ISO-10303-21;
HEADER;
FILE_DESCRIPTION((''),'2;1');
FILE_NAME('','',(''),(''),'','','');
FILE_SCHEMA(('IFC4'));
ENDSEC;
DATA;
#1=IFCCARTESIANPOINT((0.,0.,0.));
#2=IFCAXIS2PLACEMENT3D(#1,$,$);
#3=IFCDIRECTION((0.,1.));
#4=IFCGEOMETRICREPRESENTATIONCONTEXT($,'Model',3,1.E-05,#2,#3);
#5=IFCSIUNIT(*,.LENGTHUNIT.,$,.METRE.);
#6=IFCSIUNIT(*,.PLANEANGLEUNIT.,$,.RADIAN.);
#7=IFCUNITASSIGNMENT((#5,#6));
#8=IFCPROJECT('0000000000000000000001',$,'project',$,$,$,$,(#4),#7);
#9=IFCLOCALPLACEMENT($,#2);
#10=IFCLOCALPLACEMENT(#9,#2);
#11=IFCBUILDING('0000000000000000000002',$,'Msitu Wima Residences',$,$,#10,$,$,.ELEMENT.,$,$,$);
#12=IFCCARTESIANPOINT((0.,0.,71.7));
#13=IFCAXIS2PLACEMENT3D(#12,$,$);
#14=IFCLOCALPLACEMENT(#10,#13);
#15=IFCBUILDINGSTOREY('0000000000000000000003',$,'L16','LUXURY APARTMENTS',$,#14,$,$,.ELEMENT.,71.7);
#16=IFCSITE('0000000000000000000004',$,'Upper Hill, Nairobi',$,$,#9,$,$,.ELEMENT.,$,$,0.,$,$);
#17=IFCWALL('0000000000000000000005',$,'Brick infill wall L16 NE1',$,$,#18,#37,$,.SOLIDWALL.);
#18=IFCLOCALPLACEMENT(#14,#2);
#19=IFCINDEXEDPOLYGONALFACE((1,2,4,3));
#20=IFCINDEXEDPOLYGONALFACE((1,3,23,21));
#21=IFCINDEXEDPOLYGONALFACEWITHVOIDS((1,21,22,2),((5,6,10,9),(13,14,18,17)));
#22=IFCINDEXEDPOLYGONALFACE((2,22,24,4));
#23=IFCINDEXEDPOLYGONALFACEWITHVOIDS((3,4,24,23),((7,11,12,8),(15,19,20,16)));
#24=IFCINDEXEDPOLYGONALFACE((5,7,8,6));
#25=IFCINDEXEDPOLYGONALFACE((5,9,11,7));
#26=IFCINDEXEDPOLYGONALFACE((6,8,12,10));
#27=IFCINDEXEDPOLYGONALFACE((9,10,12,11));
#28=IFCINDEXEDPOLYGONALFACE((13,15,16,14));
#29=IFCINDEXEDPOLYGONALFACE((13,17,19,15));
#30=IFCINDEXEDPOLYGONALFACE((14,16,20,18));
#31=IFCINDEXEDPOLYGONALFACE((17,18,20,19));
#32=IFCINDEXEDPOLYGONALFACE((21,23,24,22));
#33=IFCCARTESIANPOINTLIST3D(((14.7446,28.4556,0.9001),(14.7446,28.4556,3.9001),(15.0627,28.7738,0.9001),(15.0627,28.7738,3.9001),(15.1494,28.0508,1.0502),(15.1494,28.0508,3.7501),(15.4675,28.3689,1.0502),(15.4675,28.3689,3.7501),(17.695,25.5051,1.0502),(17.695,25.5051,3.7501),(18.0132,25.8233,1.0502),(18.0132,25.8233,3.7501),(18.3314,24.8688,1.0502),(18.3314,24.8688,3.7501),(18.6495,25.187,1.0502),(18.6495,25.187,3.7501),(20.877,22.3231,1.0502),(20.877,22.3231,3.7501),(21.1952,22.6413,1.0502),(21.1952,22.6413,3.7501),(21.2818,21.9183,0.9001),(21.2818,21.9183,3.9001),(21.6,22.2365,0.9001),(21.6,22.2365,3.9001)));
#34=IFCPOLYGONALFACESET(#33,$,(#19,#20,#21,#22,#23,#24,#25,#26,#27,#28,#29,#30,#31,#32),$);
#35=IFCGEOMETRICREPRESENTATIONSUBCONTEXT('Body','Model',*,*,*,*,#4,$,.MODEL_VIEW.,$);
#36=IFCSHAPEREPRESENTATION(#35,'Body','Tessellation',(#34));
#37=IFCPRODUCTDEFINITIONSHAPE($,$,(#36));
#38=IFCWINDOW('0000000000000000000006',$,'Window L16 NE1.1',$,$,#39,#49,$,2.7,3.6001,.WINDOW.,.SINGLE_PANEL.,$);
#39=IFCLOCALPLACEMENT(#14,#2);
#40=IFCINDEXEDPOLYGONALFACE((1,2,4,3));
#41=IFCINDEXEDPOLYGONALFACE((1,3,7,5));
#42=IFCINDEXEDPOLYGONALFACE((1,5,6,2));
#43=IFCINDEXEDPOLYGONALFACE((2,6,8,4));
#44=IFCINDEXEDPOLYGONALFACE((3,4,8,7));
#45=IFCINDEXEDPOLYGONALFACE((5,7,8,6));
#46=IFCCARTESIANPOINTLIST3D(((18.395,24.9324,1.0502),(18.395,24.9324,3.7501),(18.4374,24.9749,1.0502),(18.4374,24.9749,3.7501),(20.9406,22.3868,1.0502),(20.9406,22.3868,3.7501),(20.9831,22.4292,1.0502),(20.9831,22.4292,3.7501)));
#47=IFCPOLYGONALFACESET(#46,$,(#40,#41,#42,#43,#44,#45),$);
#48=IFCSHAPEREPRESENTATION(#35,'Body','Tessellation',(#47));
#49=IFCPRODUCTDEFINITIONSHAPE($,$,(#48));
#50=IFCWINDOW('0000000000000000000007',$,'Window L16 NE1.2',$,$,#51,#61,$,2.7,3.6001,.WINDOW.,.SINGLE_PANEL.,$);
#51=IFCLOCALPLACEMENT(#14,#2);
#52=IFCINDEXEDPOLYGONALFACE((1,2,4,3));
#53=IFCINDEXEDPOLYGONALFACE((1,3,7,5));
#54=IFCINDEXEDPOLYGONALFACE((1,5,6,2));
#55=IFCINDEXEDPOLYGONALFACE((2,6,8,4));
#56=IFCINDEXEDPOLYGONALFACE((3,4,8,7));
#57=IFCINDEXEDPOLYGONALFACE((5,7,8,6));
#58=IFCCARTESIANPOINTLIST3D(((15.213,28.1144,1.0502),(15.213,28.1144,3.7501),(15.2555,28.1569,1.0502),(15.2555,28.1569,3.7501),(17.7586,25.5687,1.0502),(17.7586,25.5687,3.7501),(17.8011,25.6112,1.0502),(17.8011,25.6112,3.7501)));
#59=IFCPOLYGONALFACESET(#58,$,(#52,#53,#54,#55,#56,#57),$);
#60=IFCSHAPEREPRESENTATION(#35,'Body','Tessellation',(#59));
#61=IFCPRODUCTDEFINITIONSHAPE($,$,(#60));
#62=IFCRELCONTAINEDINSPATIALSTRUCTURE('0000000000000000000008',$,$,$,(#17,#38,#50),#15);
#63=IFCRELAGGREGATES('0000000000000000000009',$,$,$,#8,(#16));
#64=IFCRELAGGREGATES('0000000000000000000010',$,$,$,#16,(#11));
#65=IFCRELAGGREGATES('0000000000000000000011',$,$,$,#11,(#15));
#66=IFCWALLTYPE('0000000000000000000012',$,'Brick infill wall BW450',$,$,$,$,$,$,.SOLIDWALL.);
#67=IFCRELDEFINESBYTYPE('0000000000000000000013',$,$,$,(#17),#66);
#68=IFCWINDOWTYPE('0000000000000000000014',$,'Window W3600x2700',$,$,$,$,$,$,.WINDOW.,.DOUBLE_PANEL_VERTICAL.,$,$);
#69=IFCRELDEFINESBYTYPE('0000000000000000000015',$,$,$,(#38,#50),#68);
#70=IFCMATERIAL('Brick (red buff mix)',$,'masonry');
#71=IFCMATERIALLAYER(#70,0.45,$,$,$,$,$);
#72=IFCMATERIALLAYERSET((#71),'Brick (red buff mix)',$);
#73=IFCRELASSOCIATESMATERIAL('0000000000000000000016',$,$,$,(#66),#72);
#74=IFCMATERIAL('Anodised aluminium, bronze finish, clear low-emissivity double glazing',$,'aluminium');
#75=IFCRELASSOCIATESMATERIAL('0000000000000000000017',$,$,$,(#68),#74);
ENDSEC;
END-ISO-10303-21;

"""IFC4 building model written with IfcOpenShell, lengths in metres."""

from ifc_helpers import new_model, si_unit, direction, frame, frame_2d, origin, place, context, subcontext, project, spatial, rectangle, extrude, material, layer, layer_set, type_object, element, fill, save


model = new_model("IFC4")

# Units and contexts
model_context = context("Model", 3, precision=1e-05, world=origin(), true_north=direction((0.0, 1.0)))
body_context = subcontext(model_context, "Body", "Model", "MODEL_VIEW")
ifc_project = project(units=[si_unit("LENGTHUNIT", "METRE"), si_unit("PLANEANGLEUNIT", "RADIAN")], contexts=[model_context])

# Site, building, storey
site_placement = place(None, origin())
site = spatial("IfcSite", under=ifc_project, at=site_placement, Name="Upper Hill, Nairobi", CompositionType="ELEMENT", RefElevation=0.0)
building_placement = place(site_placement, origin())
building = spatial("IfcBuilding", under=site, at=building_placement, Name="Msitu Wima Residences", CompositionType="ELEMENT")
storey_placement = place(building_placement, frame((0.0, 0.0, 71.7)))
storey = spatial("IfcBuildingStorey", under=building, at=storey_placement, Name="L16", Description="LUXURY APARTMENTS", CompositionType="ELEMENT", Elevation=71.7)

# Shared definitions
ifc_material_1 = material(Name="Brick (red buff mix)", Category="masonry")
ifc_layer_1 = layer(ifc_material_1, 0.45)
ifc_layer_set_1 = layer_set([ifc_layer_1], Name="Brick (red buff mix)")
wall_type_1 = type_object("IfcWallType", Name="Brick infill wall BW450", PredefinedType="SOLIDWALL", material=ifc_layer_set_1)
ifc_material_2 = material(Name="Anodised aluminium, bronze finish, clear low-emissivity double glazing", Category="aluminium")
window_type = type_object("IfcWindowType", Name="Window W3600x2700", PartitioningType="DOUBLE_PANEL_VERTICAL", PredefinedType="WINDOW", material=ifc_material_2)

# Wall, openings, windows
wall_1_placement = place(storey_placement, frame((21.4409, 22.0774, 0.9001), z_axis=(0.0, 0.0, 1.0), x_axis=(-0.707107, 0.707107, 0.0)))
wall_1 = element("IfcWall", 1, at=wall_1_placement, inside=storey, type_object=wall_type_1, Name="Brick infill wall L16 NE1", PredefinedType="SOLIDWALL", context=body_context, shape_type="SweptSolid", body=[
    extrude(rectangle(XDim=9.2451, YDim=0.45, at=frame_2d((4.6226, 0.0))), origin(), (0.0, 0.0, 1.0), 3.0),
])
opening_1_placement = place(wall_1_placement, frame((0.5725, 0.0, 0.1499)))
opening_1 = element("IfcOpeningElement", 2, at=opening_1_placement, cuts=wall_1, PredefinedType="OPENING", context=body_context, shape_type="SweptSolid", body=[
    extrude(rectangle(XDim=3.6001, YDim=2.7, at=frame_2d((1.8, 1.3501))), frame((0.0, 0.2349, 0.0), z_axis=(0.0, -1.0, 0.0), x_axis=(1.0, 0.0, 0.0)), (0.0, 0.0, 1.0), 0.47),
])
opening_2_placement = place(wall_1_placement, frame((5.0725, 0.0, 0.1499)))
opening_2 = element("IfcOpeningElement", 3, at=opening_2_placement, cuts=wall_1, PredefinedType="OPENING", context=body_context, shape_type="SweptSolid", body=[
    extrude(rectangle(XDim=3.6001, YDim=2.7, at=frame_2d((1.8, 1.3501))), frame((0.0, 0.2349, 0.0), z_axis=(0.0, -1.0, 0.0), x_axis=(1.0, 0.0, 0.0)), (0.0, 0.0, 1.0), 0.47),
])
window_1_placement = place(opening_1_placement, origin())
window_1 = element("IfcWindow", 4, at=window_1_placement, inside=storey, type_object=window_type, Name="Window L16 NE1.1", OverallHeight=2.7, OverallWidth=3.6001, PartitioningType="SINGLE_PANEL", PredefinedType="WINDOW", context=body_context, shape_type="SweptSolid", body=[
    extrude(rectangle(XDim=3.6001, YDim=2.7, at=frame_2d((1.8, 1.3501))), frame((0.0, 0.135, 0.0), z_axis=(0.0, -1.0, 0.0), x_axis=(1.0, 0.0, 0.0)), (0.0, 0.0, 1.0), 0.0601),
])
fill(opening_1, window_1)
window_2_placement = place(opening_2_placement, origin())
window_2 = element("IfcWindow", 5, at=window_2_placement, inside=storey, type_object=window_type, Name="Window L16 NE1.2", OverallHeight=2.7, OverallWidth=3.6001, PartitioningType="SINGLE_PANEL", PredefinedType="WINDOW", context=body_context, shape_type="SweptSolid", body=[
    extrude(rectangle(XDim=3.6001, YDim=2.7, at=frame_2d((1.8, 1.3501))), frame((0.0, 0.135, 0.0), z_axis=(0.0, -1.0, 0.0), x_axis=(1.0, 0.0, 0.0)), (0.0, 0.0, 1.0), 0.0601),
])
fill(opening_2, window_2)

save(model, "model.ifc")
